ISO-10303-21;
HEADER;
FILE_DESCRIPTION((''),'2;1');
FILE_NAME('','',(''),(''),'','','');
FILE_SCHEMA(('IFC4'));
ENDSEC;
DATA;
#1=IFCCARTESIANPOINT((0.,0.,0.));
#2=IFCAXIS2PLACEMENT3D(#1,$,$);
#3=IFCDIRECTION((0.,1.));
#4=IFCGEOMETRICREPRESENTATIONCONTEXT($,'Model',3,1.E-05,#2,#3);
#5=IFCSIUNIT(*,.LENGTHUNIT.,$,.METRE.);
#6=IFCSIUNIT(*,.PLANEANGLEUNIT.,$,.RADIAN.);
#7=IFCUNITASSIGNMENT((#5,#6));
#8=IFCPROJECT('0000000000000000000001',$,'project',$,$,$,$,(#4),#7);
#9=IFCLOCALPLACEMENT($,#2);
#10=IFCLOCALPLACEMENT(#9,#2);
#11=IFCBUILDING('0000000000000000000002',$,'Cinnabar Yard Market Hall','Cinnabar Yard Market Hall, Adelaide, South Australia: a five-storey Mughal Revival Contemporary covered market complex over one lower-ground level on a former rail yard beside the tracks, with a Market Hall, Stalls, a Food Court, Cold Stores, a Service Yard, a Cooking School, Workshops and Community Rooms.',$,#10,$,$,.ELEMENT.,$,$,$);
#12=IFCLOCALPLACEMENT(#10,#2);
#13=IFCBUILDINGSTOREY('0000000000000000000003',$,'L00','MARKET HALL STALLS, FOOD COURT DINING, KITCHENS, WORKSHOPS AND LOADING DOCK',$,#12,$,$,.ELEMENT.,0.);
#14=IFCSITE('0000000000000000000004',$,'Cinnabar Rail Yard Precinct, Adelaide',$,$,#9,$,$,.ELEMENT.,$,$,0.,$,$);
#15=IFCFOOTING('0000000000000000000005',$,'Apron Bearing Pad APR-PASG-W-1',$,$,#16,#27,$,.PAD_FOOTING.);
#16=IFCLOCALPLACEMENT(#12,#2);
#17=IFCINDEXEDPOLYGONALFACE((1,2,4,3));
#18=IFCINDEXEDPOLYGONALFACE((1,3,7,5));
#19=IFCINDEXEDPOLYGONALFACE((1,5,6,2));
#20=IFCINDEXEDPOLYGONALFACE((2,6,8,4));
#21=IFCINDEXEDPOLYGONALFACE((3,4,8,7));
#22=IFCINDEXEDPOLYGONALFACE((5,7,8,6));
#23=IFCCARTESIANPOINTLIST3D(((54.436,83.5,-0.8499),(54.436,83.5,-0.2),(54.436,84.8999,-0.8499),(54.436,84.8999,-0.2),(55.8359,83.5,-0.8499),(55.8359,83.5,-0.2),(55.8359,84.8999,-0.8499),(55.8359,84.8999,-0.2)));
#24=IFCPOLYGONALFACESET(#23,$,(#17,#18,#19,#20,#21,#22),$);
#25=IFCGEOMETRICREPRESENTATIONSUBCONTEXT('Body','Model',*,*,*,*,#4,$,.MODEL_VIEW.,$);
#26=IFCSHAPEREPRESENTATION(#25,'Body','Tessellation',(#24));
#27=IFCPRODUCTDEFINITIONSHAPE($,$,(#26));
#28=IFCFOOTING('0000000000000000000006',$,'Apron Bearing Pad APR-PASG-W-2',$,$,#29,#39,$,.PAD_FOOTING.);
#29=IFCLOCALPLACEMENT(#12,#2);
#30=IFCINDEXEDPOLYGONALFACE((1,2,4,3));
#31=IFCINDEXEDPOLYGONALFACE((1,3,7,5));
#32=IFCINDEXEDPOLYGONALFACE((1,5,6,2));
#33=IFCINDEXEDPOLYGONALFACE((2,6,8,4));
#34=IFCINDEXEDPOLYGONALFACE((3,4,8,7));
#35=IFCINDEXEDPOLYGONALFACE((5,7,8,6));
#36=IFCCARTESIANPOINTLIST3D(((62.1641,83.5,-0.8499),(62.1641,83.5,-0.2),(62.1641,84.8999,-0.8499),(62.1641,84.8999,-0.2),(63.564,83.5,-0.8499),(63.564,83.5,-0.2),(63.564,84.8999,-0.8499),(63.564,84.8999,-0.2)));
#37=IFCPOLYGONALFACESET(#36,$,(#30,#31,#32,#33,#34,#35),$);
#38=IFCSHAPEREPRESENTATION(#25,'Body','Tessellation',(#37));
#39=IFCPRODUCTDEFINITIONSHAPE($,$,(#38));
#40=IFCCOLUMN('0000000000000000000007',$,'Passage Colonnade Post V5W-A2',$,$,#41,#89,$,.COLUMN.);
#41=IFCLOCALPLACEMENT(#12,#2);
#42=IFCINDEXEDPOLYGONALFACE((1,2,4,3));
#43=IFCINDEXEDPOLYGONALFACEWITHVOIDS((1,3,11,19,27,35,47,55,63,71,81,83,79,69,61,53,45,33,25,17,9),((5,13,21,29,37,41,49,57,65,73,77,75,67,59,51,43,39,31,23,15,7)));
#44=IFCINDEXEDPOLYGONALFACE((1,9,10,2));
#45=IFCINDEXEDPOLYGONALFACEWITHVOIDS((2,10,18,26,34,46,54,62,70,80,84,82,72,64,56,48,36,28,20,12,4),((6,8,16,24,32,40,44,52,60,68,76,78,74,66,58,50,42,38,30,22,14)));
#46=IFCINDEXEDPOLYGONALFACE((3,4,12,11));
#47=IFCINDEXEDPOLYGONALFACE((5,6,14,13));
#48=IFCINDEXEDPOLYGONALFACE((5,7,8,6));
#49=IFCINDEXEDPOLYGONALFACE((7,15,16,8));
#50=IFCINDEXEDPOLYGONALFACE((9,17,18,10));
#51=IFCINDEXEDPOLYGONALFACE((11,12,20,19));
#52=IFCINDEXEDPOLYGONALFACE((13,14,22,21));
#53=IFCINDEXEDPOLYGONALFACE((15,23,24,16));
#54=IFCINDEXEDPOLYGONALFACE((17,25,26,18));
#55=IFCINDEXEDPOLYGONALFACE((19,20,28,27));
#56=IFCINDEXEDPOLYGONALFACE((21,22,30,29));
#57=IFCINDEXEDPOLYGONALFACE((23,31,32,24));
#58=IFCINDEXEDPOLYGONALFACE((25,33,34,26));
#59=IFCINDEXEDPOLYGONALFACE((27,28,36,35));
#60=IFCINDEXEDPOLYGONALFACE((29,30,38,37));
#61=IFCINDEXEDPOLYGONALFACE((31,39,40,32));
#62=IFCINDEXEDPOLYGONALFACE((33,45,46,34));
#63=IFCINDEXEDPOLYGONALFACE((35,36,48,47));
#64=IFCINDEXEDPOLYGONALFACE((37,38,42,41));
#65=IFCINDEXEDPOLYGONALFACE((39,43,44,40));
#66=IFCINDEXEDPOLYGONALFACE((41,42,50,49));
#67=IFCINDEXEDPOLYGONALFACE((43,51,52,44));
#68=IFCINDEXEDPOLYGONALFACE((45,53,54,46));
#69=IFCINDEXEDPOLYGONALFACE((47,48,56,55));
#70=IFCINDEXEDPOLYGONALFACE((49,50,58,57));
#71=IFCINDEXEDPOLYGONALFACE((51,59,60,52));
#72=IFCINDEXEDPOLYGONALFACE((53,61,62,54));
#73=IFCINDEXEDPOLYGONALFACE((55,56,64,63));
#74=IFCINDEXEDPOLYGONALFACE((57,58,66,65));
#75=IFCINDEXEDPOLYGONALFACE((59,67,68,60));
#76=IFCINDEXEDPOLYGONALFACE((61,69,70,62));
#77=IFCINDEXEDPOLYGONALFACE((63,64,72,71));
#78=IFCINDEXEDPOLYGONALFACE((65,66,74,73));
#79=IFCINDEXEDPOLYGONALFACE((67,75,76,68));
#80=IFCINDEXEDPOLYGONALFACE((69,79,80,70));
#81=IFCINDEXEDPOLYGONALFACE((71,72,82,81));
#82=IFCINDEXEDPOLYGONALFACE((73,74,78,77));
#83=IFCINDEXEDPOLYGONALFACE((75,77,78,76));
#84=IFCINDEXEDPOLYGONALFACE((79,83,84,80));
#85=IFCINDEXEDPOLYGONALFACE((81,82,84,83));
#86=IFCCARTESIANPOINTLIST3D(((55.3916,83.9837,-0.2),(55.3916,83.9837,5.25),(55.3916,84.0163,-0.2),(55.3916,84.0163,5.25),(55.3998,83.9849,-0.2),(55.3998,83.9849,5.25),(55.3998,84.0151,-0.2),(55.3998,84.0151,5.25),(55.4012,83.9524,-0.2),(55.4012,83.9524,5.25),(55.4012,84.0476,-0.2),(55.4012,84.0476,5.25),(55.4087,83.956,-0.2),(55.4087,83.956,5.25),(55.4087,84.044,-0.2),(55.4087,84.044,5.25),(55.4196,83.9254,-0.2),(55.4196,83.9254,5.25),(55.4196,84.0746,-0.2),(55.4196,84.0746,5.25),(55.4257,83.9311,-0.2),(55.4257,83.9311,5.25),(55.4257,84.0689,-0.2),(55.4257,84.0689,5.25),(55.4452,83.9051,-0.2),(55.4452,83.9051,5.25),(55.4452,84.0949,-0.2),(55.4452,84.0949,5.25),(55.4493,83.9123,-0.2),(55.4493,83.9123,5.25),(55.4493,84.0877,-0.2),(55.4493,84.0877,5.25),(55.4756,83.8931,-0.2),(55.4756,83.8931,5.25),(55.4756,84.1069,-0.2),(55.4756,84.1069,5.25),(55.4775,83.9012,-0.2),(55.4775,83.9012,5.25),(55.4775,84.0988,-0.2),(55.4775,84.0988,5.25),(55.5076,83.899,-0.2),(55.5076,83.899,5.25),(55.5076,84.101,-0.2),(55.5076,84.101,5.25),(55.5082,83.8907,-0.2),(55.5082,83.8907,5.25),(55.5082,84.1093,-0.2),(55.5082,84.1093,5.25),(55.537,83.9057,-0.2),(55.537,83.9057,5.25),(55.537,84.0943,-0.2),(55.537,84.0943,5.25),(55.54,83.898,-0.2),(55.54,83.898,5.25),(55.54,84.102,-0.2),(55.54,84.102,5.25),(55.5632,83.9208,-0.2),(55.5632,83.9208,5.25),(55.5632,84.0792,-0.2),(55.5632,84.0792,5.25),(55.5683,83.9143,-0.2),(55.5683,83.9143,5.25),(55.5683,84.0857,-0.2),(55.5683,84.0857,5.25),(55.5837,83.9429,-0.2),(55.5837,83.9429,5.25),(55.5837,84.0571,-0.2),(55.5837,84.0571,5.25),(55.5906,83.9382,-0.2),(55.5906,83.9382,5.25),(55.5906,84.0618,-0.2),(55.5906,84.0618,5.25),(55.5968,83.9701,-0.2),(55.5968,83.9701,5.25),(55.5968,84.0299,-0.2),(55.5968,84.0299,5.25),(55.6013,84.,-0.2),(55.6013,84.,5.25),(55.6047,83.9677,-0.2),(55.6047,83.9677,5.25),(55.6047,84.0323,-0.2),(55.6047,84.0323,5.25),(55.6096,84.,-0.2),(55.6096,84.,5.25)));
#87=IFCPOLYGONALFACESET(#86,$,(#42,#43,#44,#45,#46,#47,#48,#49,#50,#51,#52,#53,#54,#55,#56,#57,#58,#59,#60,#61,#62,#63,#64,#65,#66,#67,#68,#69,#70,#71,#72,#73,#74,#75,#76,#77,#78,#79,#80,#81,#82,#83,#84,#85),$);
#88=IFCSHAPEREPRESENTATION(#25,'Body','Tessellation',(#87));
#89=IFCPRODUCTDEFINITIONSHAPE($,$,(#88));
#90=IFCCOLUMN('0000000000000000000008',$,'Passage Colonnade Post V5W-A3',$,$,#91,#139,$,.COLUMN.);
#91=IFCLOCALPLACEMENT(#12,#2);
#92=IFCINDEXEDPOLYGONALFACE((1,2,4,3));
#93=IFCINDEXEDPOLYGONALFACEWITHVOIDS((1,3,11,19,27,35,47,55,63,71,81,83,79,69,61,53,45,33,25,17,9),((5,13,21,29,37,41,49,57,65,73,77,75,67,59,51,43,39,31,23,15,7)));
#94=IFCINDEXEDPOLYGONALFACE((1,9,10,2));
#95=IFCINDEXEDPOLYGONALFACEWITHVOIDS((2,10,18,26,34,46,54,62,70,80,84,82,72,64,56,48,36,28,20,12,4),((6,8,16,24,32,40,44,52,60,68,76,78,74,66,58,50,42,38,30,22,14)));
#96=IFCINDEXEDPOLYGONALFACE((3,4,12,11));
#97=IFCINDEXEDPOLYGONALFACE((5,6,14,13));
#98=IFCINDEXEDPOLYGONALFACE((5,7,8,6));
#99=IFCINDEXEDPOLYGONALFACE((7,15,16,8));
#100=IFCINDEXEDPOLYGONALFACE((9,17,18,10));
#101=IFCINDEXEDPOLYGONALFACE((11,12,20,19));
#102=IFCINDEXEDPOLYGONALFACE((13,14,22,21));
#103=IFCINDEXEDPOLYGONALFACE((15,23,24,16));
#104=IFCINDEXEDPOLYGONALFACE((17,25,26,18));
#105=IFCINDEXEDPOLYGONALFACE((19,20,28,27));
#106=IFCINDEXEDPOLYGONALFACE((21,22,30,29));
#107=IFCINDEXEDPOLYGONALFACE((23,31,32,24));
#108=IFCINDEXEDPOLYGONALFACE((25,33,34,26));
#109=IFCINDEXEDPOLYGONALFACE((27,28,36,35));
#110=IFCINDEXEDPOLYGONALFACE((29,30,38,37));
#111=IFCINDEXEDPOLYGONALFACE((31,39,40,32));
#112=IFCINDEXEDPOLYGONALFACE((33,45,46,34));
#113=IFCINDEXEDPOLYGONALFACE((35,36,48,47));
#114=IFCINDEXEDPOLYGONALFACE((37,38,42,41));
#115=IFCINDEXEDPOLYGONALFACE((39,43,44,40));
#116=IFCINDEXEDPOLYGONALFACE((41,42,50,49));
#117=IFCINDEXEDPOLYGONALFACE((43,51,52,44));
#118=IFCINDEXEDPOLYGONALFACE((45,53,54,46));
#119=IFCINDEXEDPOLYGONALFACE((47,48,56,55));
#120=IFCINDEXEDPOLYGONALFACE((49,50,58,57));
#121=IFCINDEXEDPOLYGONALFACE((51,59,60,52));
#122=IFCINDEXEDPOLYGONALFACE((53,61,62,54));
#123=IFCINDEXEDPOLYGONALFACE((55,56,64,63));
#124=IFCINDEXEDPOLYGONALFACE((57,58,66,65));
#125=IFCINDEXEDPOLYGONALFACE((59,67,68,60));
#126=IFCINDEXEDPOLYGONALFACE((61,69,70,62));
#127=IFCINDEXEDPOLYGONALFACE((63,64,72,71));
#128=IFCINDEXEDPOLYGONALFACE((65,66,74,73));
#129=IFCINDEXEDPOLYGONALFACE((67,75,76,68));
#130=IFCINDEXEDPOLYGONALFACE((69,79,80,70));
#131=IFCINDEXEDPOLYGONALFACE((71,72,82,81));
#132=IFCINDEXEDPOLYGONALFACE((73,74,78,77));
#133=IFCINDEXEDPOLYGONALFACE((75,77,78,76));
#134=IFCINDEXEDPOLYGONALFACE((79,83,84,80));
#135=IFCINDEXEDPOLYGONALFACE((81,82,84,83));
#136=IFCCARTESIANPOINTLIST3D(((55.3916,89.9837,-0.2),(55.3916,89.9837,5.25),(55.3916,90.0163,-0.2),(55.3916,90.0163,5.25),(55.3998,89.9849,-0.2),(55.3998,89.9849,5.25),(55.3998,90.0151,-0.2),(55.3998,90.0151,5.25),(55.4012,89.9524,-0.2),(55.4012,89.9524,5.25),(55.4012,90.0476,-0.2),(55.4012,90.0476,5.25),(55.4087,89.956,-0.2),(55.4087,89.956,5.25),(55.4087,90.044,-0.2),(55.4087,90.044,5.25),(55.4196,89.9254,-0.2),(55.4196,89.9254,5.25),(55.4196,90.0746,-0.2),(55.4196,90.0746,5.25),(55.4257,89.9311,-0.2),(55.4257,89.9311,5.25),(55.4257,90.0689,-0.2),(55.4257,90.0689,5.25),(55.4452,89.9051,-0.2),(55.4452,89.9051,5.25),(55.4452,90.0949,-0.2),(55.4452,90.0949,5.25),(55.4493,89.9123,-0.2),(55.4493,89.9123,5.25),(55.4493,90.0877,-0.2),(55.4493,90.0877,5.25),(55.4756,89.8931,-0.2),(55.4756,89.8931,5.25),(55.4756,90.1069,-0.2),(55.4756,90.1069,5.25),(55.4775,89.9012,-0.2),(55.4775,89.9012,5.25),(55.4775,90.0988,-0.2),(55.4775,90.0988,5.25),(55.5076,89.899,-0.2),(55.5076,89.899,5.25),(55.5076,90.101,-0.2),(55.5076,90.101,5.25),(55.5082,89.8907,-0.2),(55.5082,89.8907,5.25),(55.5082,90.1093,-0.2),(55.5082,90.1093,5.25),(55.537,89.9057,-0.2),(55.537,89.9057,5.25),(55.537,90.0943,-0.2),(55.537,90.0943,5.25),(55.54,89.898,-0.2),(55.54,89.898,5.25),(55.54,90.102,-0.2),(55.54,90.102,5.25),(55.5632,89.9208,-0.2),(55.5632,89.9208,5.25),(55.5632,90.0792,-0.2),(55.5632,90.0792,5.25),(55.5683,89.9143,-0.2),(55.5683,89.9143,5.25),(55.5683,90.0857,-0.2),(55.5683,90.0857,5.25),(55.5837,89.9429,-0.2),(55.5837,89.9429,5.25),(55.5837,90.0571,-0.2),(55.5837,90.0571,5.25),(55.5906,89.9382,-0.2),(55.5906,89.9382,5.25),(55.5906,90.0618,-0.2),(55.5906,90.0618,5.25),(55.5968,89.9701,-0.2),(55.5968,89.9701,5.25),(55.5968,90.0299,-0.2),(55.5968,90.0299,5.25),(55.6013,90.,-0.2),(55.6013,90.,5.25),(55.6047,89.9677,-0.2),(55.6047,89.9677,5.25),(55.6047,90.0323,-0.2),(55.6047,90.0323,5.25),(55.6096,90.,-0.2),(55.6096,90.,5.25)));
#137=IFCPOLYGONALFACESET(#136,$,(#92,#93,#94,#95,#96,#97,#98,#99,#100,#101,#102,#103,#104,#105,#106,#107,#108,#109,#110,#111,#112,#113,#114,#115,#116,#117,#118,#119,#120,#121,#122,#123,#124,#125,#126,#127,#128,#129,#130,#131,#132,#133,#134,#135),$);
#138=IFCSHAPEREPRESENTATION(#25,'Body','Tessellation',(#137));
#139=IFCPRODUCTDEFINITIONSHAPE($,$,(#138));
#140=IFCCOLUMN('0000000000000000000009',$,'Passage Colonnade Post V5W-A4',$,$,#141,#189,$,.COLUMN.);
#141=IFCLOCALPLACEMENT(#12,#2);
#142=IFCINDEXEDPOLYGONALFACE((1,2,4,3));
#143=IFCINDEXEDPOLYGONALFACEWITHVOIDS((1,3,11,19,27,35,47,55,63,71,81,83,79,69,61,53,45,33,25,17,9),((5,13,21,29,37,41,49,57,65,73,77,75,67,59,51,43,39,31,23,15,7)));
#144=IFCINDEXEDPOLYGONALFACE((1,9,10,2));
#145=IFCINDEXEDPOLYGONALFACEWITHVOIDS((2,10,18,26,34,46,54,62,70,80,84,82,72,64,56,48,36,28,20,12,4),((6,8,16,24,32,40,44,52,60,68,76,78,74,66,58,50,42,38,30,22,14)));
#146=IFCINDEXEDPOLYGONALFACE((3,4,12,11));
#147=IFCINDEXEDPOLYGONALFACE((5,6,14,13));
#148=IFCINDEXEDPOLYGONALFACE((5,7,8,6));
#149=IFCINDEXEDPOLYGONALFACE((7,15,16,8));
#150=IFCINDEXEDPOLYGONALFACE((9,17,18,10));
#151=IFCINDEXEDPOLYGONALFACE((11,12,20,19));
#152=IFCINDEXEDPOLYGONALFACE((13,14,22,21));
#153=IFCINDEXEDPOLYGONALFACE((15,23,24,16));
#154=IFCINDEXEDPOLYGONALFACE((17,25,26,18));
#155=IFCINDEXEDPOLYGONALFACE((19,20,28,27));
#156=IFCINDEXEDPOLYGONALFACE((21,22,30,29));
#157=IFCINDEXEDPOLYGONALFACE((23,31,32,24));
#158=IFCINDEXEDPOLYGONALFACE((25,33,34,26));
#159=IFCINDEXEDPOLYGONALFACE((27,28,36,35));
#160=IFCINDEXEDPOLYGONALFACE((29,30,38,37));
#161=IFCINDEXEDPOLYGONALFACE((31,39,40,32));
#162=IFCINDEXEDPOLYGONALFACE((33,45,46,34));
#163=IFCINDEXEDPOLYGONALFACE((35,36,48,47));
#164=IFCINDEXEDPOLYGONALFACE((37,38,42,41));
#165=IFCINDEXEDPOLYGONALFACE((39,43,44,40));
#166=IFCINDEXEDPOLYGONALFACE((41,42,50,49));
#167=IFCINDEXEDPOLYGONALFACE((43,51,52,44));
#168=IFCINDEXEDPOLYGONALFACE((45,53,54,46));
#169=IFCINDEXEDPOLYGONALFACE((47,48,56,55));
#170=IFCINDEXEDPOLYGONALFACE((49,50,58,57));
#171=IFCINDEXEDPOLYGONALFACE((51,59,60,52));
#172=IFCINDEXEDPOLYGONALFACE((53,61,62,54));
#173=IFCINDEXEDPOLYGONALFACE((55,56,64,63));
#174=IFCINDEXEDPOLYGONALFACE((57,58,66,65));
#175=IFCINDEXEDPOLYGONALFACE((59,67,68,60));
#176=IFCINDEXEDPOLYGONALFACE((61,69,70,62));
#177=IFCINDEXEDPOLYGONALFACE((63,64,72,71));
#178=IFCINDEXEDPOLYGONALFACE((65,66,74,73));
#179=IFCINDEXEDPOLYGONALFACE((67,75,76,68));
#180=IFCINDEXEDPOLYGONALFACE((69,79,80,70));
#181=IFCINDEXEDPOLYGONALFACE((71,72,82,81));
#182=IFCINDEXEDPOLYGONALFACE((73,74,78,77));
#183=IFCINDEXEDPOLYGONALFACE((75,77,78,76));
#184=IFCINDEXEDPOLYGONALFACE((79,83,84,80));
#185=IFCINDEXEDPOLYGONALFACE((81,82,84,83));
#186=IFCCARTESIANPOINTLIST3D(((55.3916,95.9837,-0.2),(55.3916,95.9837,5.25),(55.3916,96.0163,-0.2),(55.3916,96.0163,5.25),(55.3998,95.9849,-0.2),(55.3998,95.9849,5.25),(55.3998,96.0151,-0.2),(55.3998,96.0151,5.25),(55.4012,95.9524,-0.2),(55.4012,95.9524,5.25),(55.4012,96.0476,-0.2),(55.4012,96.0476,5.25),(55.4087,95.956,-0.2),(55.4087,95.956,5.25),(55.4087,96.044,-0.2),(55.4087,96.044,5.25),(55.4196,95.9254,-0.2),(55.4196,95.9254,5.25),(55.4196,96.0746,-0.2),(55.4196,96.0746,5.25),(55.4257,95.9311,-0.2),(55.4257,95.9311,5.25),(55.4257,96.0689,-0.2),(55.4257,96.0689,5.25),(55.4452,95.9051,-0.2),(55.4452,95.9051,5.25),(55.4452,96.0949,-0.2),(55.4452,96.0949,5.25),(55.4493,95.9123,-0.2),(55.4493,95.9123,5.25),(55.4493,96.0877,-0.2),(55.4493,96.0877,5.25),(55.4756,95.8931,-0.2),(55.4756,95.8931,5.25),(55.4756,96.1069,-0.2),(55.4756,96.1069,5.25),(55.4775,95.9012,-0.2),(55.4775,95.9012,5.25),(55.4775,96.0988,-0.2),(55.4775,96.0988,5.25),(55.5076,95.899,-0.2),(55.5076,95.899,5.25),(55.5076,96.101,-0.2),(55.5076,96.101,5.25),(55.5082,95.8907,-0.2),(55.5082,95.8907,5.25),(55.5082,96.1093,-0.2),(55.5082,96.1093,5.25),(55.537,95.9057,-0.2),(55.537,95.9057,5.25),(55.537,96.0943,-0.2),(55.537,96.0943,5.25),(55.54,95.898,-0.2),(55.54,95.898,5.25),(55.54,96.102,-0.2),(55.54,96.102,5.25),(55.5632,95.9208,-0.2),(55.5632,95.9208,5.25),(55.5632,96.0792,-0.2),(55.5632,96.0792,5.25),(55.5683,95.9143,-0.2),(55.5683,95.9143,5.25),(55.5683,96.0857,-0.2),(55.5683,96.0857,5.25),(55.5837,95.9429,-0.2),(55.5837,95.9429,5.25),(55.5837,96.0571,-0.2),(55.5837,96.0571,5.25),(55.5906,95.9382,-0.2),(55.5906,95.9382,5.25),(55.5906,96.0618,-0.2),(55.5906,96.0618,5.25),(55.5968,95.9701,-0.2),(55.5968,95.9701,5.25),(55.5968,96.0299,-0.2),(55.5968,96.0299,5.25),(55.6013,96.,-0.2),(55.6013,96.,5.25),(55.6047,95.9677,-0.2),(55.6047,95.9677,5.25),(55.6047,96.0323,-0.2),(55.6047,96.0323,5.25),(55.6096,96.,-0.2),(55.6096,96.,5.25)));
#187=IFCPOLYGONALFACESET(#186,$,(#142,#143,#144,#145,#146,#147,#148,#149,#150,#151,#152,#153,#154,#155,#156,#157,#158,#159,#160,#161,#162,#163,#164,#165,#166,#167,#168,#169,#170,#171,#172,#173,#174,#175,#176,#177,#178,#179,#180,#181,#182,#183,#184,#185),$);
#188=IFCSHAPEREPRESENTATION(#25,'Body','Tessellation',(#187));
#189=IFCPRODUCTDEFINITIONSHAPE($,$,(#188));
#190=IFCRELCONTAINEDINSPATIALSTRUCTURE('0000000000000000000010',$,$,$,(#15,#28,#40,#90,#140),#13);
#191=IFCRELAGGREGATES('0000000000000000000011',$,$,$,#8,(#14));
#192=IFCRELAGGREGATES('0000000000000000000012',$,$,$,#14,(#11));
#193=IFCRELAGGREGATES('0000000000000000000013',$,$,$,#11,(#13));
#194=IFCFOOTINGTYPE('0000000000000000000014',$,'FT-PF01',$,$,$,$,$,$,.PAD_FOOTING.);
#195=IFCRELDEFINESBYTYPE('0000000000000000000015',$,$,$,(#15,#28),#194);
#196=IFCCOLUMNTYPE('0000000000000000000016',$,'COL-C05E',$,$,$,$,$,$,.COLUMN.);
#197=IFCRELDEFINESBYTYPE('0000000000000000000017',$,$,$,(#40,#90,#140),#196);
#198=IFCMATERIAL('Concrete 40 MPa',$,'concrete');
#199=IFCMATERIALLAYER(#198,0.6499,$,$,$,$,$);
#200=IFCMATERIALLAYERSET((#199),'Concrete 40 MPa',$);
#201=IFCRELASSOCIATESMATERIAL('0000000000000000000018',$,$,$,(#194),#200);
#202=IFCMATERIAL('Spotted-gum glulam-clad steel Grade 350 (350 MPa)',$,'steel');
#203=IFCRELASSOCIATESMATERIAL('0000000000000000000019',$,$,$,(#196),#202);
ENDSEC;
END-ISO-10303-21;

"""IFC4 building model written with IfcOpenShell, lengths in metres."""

from ifc_helpers import new_model, si_unit, direction, frame, origin, origin_2d_with_axis, place, context, subcontext, project, spatial, rectangle, hollow_circle, extrude, material, layer, layer_set, material_profile, profile_set, type_object, element, save


model = new_model("IFC4")

# Units and contexts
model_context = context("Model", 3, precision=1e-05, world=origin(), true_north=direction((0.0, 1.0)))
body_context = subcontext(model_context, "Body", "Model", "MODEL_VIEW")
ifc_project = project(units=[si_unit("LENGTHUNIT", "METRE"), si_unit("PLANEANGLEUNIT", "RADIAN")], contexts=[model_context])

# Site, building, storey
site_placement = place(None, origin())
site = spatial("IfcSite", under=ifc_project, at=site_placement, Name="Cinnabar Rail Yard Precinct, Adelaide", CompositionType="ELEMENT", RefElevation=0.0)
building_placement = place(site_placement, origin())
building = spatial("IfcBuilding", under=site, at=building_placement, Name="Cinnabar Yard Market Hall", Description="Cinnabar Yard Market Hall, Adelaide, South Australia: a five-storey Mughal Revival Contemporary covered market complex over one lower-ground level on a former rail yard beside the tracks, with a Market Hall, Stalls, a Food Court, Cold Stores, a Service Yard, a Cooking School, Workshops and Community Rooms.", CompositionType="ELEMENT")
storey_placement = place(building_placement, origin())
storey = spatial("IfcBuildingStorey", under=building, at=storey_placement, Name="L00", Description="MARKET HALL STALLS, FOOD COURT DINING, KITCHENS, WORKSHOPS AND LOADING DOCK", CompositionType="ELEMENT", Elevation=0.0)

# Footings
ifc_material_1 = material(Name="Concrete 40 MPa", Category="concrete")
ifc_layer_1 = layer(ifc_material_1, 0.6499)
ifc_layer_set_1 = layer_set([ifc_layer_1], Name="Concrete 40 MPa")
footing_type = type_object("IfcFootingType", Name="FT-PF01", PredefinedType="PAD_FOOTING", material=ifc_layer_set_1)
for number, where, z_axis, x_axis, name in (
    (1, (55.136, 84.2, -0.8499), (0.0, 0.0, 1.0), (1.0, 0.0, 0.0), "Apron Bearing Pad APR-PASG-W-1"),
    (2, (62.864, 84.2, -0.8499), (0.0, 0.0, 1.0), (1.0, 0.0, 0.0), "Apron Bearing Pad APR-PASG-W-2"),
):
    element("IfcFooting", number, at=place(storey_placement, frame(where, z_axis=z_axis, x_axis=x_axis)), inside=storey, type_object=footing_type, Name=name, PredefinedType="PAD_FOOTING", context=body_context, shape_type="SweptSolid", body=[
        extrude(rectangle(XDim=1.3999, YDim=1.3999, at=origin_2d_with_axis()), origin(), (0.0, 0.0, 1.0), 0.6499),
    ])

# Columns
ifc_material_2 = material(Name="Spotted-gum glulam-clad steel Grade 350 (350 MPa)", Category="steel")
ifc_material_profile_1 = material_profile(ifc_material_2, hollow_circle(Radius=0.1096, WallThickness=0.0083, at=origin_2d_with_axis()), Name="219.1x8.2CHS")
ifc_profile_set_1 = profile_set([ifc_material_profile_1], Name="Spotted-gum glulam-clad steel Grade 350 (350 MPa)")
column_type_1 = type_object("IfcColumnType", Name="COL-C05E", PredefinedType="COLUMN", material=ifc_profile_set_1)
for number, where, z_axis, x_axis, name in (
    (3, (55.5, 84.0, -0.2), (0.0, 0.0, 1.0), (1.0, 0.0, 0.0), "Passage Colonnade Post V5W-A2"),
    (4, (55.5, 90.0, -0.2), (0.0, 0.0, 1.0), (1.0, 0.0, 0.0), "Passage Colonnade Post V5W-A3"),
    (5, (55.5, 96.0, -0.2), (0.0, 0.0, 1.0), (1.0, 0.0, 0.0), "Passage Colonnade Post V5W-A4"),
):
    element("IfcColumn", number, at=place(storey_placement, frame(where, z_axis=z_axis, x_axis=x_axis)), inside=storey, type_object=column_type_1, Name=name, PredefinedType="COLUMN", context=body_context, shape_type="SweptSolid", body=[
        extrude(hollow_circle(Radius=0.1096, WallThickness=0.0083, at=origin_2d_with_axis()), origin(), (0.0, 0.0, 1.0), 5.45),
    ])

save(model, "model.ifc")
